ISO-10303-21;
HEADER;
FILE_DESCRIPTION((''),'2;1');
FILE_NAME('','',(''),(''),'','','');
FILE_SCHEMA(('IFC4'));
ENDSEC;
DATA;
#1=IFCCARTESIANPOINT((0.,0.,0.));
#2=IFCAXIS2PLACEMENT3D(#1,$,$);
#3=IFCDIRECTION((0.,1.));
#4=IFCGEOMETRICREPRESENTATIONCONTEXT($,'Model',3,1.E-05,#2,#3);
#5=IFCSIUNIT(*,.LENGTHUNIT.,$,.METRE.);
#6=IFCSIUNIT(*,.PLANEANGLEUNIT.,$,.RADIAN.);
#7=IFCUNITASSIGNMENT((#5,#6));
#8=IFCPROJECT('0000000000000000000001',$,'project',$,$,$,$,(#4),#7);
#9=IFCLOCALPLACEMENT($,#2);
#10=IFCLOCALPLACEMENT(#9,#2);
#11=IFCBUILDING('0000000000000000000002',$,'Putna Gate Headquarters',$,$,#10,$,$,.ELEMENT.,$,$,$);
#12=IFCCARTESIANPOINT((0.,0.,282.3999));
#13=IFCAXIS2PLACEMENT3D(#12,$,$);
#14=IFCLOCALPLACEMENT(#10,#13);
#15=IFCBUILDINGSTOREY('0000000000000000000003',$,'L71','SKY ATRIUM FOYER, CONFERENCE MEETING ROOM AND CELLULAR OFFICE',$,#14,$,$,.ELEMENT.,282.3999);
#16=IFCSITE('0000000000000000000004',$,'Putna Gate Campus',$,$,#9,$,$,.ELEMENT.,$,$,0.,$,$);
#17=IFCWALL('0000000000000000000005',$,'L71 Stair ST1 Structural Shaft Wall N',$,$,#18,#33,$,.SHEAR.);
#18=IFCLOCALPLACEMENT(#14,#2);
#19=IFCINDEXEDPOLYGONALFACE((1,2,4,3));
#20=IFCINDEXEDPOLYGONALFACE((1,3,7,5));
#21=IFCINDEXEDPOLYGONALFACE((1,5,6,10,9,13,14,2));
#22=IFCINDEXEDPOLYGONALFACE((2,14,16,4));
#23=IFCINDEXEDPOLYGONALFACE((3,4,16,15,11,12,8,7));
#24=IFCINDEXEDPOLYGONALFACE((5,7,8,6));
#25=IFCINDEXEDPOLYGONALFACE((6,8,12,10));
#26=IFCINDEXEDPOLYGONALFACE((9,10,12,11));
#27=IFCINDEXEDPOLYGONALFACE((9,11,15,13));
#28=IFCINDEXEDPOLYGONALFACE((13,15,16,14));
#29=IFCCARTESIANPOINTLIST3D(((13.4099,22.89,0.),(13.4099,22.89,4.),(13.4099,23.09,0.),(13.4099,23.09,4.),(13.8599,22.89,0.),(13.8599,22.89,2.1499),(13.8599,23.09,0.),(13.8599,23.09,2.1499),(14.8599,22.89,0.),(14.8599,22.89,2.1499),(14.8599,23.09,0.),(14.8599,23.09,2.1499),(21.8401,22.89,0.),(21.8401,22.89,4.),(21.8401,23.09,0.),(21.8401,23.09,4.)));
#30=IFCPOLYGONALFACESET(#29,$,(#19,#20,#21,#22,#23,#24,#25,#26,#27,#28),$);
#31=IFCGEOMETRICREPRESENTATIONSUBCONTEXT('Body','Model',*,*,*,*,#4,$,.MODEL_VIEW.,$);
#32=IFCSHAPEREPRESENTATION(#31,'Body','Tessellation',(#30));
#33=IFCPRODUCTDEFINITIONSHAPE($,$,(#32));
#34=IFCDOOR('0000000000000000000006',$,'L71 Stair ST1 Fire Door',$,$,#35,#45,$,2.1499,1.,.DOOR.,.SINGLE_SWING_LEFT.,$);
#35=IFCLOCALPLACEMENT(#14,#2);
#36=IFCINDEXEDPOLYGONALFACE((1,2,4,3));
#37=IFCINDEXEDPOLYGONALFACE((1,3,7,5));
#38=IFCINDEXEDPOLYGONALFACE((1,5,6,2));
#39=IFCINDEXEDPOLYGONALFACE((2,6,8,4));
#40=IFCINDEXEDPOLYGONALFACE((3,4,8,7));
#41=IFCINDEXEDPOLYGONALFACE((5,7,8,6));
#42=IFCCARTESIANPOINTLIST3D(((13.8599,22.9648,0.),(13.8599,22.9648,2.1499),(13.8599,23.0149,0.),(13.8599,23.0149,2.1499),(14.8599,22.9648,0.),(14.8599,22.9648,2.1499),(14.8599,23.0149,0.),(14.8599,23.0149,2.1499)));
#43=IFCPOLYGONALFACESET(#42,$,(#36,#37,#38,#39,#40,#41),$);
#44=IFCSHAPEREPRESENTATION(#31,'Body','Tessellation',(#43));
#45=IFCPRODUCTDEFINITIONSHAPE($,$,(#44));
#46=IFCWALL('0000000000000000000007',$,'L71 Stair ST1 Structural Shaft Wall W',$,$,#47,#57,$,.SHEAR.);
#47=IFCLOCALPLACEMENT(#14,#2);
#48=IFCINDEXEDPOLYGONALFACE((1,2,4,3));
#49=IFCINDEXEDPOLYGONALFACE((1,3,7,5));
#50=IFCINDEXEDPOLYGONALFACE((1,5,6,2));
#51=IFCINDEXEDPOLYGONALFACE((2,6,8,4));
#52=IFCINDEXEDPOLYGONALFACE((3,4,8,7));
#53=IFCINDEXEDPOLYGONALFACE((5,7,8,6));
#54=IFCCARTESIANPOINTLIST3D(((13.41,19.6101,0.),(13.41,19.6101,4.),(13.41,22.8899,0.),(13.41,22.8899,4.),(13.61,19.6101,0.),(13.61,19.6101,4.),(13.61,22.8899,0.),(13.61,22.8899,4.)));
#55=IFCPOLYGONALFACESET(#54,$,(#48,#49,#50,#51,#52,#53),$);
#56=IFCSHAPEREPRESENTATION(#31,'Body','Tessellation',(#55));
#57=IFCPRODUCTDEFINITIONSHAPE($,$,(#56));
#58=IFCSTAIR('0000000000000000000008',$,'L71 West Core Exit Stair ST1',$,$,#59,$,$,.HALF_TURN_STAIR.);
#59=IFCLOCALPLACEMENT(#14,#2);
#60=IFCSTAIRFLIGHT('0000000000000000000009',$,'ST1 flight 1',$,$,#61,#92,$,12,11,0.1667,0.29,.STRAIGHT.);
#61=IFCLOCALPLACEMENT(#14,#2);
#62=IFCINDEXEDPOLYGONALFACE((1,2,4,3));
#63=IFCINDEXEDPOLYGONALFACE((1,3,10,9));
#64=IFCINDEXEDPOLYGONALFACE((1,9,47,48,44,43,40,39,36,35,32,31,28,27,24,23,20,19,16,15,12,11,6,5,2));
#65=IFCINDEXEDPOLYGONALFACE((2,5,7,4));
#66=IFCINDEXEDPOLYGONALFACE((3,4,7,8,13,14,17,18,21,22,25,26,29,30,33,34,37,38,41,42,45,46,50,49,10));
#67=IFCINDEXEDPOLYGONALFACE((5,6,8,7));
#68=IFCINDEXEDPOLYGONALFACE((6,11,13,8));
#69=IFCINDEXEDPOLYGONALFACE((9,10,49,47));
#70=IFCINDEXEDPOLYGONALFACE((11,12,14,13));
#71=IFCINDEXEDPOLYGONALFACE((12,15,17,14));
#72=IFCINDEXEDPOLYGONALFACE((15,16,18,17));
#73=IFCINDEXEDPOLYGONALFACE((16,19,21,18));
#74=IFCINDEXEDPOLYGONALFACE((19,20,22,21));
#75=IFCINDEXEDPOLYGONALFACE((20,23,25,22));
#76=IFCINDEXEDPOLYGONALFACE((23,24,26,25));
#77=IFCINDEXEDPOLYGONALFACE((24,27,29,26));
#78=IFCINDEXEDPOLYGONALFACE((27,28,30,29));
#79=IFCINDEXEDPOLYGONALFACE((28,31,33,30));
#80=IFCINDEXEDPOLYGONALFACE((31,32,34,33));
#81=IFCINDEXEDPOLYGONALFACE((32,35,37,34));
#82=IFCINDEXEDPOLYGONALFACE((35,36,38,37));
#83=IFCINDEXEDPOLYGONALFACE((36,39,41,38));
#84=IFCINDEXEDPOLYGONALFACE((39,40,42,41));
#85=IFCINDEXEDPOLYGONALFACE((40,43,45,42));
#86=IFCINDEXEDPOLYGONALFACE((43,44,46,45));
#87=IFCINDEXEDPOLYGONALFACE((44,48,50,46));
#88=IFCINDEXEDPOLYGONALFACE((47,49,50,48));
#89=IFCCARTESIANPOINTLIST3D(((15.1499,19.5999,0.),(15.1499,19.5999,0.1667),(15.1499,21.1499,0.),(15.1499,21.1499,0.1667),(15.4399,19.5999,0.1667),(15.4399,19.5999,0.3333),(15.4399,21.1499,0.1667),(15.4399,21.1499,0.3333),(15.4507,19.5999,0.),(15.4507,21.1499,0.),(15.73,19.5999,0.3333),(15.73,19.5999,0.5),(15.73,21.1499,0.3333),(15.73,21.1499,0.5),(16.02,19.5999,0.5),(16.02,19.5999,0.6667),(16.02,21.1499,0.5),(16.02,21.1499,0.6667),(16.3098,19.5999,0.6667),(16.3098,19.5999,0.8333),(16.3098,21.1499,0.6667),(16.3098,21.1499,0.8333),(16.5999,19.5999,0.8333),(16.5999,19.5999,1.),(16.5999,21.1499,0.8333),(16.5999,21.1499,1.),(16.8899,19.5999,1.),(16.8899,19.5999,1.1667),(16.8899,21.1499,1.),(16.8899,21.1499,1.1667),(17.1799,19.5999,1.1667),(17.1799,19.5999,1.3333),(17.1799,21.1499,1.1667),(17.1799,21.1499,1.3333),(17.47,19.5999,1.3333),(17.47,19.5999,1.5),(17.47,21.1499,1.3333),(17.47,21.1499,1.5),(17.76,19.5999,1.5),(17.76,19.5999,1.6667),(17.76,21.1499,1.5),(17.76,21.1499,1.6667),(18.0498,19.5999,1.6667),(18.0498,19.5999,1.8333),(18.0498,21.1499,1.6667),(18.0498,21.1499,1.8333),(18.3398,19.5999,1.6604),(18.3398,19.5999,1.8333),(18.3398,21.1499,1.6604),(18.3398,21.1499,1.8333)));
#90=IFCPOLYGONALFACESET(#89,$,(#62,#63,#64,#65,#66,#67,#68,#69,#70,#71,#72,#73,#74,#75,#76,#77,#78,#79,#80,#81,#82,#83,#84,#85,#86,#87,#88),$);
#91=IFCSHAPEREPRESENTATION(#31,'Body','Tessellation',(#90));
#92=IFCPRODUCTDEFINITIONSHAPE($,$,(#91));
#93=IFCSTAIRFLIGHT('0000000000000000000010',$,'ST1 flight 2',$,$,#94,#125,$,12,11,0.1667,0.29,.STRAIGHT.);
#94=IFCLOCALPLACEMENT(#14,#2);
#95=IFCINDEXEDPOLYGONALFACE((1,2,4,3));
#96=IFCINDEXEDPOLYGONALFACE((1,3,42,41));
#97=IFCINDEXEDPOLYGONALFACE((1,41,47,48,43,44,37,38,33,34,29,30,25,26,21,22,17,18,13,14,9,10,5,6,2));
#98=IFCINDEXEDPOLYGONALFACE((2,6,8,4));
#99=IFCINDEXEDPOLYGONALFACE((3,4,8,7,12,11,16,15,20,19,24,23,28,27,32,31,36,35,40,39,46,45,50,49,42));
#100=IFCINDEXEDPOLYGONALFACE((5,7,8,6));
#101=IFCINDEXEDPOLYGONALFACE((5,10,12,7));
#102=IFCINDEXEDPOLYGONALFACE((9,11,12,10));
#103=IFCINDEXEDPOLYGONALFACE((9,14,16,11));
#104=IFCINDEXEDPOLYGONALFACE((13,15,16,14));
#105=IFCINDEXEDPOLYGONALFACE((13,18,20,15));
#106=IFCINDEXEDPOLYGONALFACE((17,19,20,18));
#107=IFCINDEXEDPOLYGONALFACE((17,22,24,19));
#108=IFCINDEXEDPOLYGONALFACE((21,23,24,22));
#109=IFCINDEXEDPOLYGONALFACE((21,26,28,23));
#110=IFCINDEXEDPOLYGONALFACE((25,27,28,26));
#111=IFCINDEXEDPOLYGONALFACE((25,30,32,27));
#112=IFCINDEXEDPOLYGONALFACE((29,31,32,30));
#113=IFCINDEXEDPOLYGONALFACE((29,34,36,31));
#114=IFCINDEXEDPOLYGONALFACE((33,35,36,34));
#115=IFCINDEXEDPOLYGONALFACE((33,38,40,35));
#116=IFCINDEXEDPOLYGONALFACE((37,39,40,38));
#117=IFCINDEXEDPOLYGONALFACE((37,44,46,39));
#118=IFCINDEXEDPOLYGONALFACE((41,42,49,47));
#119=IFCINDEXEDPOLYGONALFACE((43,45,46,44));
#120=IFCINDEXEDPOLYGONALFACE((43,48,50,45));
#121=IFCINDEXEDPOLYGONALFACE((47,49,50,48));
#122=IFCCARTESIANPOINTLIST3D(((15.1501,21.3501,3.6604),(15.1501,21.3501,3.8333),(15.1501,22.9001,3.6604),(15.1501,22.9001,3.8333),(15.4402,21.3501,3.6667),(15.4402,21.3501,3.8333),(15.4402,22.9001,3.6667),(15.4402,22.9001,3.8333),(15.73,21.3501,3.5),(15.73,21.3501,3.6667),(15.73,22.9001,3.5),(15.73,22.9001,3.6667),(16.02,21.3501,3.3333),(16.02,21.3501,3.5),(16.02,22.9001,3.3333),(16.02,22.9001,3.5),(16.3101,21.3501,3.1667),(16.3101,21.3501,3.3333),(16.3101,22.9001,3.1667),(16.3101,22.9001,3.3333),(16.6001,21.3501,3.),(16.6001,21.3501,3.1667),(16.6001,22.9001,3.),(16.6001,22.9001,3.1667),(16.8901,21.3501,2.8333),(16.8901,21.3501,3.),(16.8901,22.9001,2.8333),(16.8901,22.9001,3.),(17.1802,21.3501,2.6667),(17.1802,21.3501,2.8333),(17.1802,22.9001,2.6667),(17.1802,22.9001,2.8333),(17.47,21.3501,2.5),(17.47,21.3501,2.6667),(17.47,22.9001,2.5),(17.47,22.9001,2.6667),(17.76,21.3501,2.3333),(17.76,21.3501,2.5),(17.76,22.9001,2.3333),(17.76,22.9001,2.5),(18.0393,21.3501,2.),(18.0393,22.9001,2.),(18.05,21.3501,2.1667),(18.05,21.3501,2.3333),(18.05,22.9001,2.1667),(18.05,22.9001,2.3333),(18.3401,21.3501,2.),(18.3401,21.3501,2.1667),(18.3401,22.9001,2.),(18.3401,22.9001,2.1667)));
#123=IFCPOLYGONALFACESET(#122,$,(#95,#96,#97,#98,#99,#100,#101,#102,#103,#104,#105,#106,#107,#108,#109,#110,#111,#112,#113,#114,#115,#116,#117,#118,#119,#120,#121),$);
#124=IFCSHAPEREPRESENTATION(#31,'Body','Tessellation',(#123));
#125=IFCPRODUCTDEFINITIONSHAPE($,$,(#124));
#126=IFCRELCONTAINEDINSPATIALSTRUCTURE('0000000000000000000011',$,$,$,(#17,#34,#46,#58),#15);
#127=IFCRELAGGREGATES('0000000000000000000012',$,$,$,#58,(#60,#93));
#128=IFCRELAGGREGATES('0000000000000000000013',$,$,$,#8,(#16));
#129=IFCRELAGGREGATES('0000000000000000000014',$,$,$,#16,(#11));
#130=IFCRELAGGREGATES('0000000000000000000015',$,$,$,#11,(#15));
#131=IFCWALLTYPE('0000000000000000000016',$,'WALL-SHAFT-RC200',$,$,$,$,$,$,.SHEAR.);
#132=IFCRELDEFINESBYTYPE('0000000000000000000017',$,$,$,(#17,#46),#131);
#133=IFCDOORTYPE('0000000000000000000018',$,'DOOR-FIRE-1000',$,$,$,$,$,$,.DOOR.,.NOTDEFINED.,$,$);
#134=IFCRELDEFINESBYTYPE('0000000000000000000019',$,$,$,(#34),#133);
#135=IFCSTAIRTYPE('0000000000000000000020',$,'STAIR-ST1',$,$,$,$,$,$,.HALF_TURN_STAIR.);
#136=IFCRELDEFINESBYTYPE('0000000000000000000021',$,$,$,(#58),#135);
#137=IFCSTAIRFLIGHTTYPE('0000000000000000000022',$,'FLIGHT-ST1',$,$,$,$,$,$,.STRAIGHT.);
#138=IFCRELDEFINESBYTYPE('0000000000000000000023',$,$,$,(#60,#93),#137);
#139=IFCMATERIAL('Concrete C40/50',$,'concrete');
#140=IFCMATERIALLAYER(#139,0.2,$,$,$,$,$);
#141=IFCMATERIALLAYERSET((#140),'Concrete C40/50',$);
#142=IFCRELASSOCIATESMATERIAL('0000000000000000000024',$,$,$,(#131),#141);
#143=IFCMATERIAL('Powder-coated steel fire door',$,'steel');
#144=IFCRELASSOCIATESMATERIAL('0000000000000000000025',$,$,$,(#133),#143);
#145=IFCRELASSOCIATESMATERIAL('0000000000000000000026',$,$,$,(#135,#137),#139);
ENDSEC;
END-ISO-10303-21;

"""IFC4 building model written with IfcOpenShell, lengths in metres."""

from ifc_helpers import new_model, si_unit, direction, frame, frame_2d, origin, place, context, subcontext, project, spatial, polyline, rectangle, outline, extrude, material, layer, layer_set, type_object, element, fill, aggregate, save


model = new_model("IFC4")

# Units and contexts
model_context = context("Model", 3, precision=1e-05, world=origin(), true_north=direction((0.0, 1.0)))
body_context = subcontext(model_context, "Body", "Model", "MODEL_VIEW")
ifc_project = project(units=[si_unit("LENGTHUNIT", "METRE"), si_unit("PLANEANGLEUNIT", "RADIAN")], contexts=[model_context])

# Site, building, storey
site_placement = place(None, origin())
site = spatial("IfcSite", under=ifc_project, at=site_placement, Name="Putna Gate Campus", CompositionType="ELEMENT", RefElevation=0.0)
building_placement = place(site_placement, origin())
building = spatial("IfcBuilding", under=site, at=building_placement, Name="Putna Gate Headquarters", CompositionType="ELEMENT")
storey_placement = place(building_placement, frame((0.0, 0.0, 282.3999)))
storey = spatial("IfcBuildingStorey", under=building, at=storey_placement, Name="L71", Description="SKY ATRIUM FOYER, CONFERENCE MEETING ROOM AND CELLULAR OFFICE", CompositionType="ELEMENT", Elevation=282.3999)

# Shared definitions
ifc_material_1 = material(Name="Concrete C40/50", Category="concrete")
ifc_layer_1 = layer(ifc_material_1, 0.2)
ifc_layer_set_1 = layer_set([ifc_layer_1], Name="Concrete C40/50")
wall_type_1 = type_object("IfcWallType", Name="WALL-SHAFT-RC200", PredefinedType="SHEAR", material=ifc_layer_set_1)

# Wall, opening, door
wall_1_placement = place(storey_placement, frame((13.4099, 22.99, 0.0), z_axis=(0.0, 0.0, 1.0), x_axis=(1.0, 0.0, 0.0)))
wall_1 = element("IfcWall", 1, at=wall_1_placement, inside=storey, type_object=wall_type_1, Name="L71 Stair ST1 Structural Shaft Wall N", PredefinedType="SHEAR", context=body_context, shape_type="SweptSolid", body=[
    extrude(rectangle(XDim=8.4302, YDim=0.2, at=frame_2d((4.2151, 0.0))), origin(), (0.0, 0.0, 1.0), 4.0),
])
opening_1_placement = place(wall_1_placement, frame((0.45, 0.0, 0.0)))
opening_1 = element("IfcOpeningElement", 2, at=opening_1_placement, cuts=wall_1, PredefinedType="OPENING", context=body_context, shape_type="SweptSolid", body=[
    extrude(rectangle(XDim=1.0, YDim=2.1499, at=frame_2d((0.5, 1.075))), frame((0.0, 0.1099, 0.0), z_axis=(0.0, -1.0, 0.0), x_axis=(1.0, 0.0, 0.0)), (0.0, 0.0, 1.0), 0.22),
])
ifc_material_2 = material(Name="Powder-coated steel fire door", Category="steel")
door_type_1 = type_object("IfcDoorType", Name="DOOR-FIRE-1000", OperationType="NOTDEFINED", PredefinedType="DOOR", material=ifc_material_2)
door_1_placement = place(opening_1_placement, origin())
door_1 = element("IfcDoor", 3, at=door_1_placement, inside=storey, type_object=door_type_1, Name="L71 Stair ST1 Fire Door", OperationType="SINGLE_SWING_LEFT", OverallHeight=2.1499, OverallWidth=1.0, PredefinedType="DOOR", context=body_context, shape_type="SweptSolid", body=[
    extrude(rectangle(XDim=1.0, YDim=2.1499, at=frame_2d((0.5, 1.075))), frame((0.0, 0.0249, 0.0), z_axis=(0.0, -1.0, 0.0), x_axis=(1.0, 0.0, 0.0)), (0.0, 0.0, 1.0), 0.05),
])
fill(opening_1, door_1)

# Wall
wall_2_placement = place(storey_placement, frame((13.51, 19.6101, 0.0), z_axis=(0.0, 0.0, 1.0), x_axis=(0.0, 1.0, 0.0)))
element("IfcWall", 4, at=wall_2_placement, inside=storey, type_object=wall_type_1, Name="L71 Stair ST1 Structural Shaft Wall W", PredefinedType="SHEAR", context=body_context, shape_type="SweptSolid", body=[
    extrude(rectangle(XDim=3.2798, YDim=0.2, at=frame_2d((1.6399, 0.0))), origin(), (0.0, 0.0, 1.0), 4.0),
])

# Stair, stair flights
stair_type = type_object("IfcStairType", Name="STAIR-ST1", PredefinedType="HALF_TURN_STAIR", material=ifc_material_1)
stair_placement = place(storey_placement, origin())
stair = element("IfcStair", 5, at=stair_placement, inside=storey, type_object=stair_type, Name="L71 West Core Exit Stair ST1", PredefinedType="HALF_TURN_STAIR")
stair_flight_type = type_object("IfcStairFlightType", Name="FLIGHT-ST1", PredefinedType="STRAIGHT", material=ifc_material_1)
stair_flight_1_placement = place(storey_placement, frame((15.1499, 20.375, 0.0), z_axis=(0.0, 0.0, 1.0), x_axis=(1.0, 0.0, 0.0)))
stair_flight_1 = element("IfcStairFlight", 6, at=stair_flight_1_placement, type_object=stair_flight_type, Name="ST1 flight 1", NumberOfRisers=12, NumberOfTreads=11, PredefinedType="STRAIGHT", RiserHeight=0.1667, TreadLength=0.29, context=body_context, shape_type="SweptSolid", body=[
    extrude(outline(polyline([(0.0, 0.0), (0.0, 0.1667), (0.29, 0.1667), (0.29, 0.3333), (0.5801, 0.3333), (0.5801, 0.5), (0.8701, 0.5), (0.8701, 0.6667), (1.1599, 0.6667), (1.1599, 0.8333), (1.45, 0.8333), (1.45, 1.0), (1.74, 1.0), (1.74, 1.1667), (2.03, 1.1667), (2.03, 1.3333), (2.3201, 1.3333), (2.3201, 1.5), (2.6101, 1.5), (2.6101, 1.6667), (2.8999, 1.6667), (2.8999, 1.8333), (3.1899, 1.8333), (3.1899, 2.0), (3.1899, 1.6604), (0.3008, 0.0), (0.0, 0.0)])), frame((0.0, 0.7749, 0.0), z_axis=(0.0, -1.0, 0.0), x_axis=(1.0, 0.0, 0.0)), (0.0, 0.0, 1.0), 1.55),
])
stair_flight_2_placement = place(storey_placement, frame((18.3401, 22.125, 2.0), z_axis=(0.0, 0.0, 1.0), x_axis=(-1.0, 0.0, 0.0)))
stair_flight_2 = element("IfcStairFlight", 7, at=stair_flight_2_placement, type_object=stair_flight_type, Name="ST1 flight 2", NumberOfRisers=12, NumberOfTreads=11, PredefinedType="STRAIGHT", RiserHeight=0.1667, TreadLength=0.29, context=body_context, shape_type="SweptSolid", body=[
    extrude(outline(polyline([(0.0, 0.0), (0.0, 0.1667), (0.29, 0.1667), (0.29, 0.3333), (0.5801, 0.3333), (0.5801, 0.5), (0.8701, 0.5), (0.8701, 0.6667), (1.1599, 0.6667), (1.1599, 0.8333), (1.45, 0.8333), (1.45, 1.0), (1.74, 1.0), (1.74, 1.1667), (2.03, 1.1667), (2.03, 1.3333), (2.3201, 1.3333), (2.3201, 1.5), (2.6101, 1.5), (2.6101, 1.6667), (2.8999, 1.6667), (2.8999, 1.8333), (3.1899, 1.8333), (3.1899, 2.0), (3.1899, 1.6604), (0.3008, 0.0), (0.0, 0.0)])), frame((0.0, 0.7749, 0.0), z_axis=(0.0, -1.0, 0.0), x_axis=(1.0, 0.0, 0.0)), (0.0, 0.0, 1.0), 1.55),
])
aggregate(stair, [stair_flight_1, stair_flight_2])

save(model, "model.ifc")
